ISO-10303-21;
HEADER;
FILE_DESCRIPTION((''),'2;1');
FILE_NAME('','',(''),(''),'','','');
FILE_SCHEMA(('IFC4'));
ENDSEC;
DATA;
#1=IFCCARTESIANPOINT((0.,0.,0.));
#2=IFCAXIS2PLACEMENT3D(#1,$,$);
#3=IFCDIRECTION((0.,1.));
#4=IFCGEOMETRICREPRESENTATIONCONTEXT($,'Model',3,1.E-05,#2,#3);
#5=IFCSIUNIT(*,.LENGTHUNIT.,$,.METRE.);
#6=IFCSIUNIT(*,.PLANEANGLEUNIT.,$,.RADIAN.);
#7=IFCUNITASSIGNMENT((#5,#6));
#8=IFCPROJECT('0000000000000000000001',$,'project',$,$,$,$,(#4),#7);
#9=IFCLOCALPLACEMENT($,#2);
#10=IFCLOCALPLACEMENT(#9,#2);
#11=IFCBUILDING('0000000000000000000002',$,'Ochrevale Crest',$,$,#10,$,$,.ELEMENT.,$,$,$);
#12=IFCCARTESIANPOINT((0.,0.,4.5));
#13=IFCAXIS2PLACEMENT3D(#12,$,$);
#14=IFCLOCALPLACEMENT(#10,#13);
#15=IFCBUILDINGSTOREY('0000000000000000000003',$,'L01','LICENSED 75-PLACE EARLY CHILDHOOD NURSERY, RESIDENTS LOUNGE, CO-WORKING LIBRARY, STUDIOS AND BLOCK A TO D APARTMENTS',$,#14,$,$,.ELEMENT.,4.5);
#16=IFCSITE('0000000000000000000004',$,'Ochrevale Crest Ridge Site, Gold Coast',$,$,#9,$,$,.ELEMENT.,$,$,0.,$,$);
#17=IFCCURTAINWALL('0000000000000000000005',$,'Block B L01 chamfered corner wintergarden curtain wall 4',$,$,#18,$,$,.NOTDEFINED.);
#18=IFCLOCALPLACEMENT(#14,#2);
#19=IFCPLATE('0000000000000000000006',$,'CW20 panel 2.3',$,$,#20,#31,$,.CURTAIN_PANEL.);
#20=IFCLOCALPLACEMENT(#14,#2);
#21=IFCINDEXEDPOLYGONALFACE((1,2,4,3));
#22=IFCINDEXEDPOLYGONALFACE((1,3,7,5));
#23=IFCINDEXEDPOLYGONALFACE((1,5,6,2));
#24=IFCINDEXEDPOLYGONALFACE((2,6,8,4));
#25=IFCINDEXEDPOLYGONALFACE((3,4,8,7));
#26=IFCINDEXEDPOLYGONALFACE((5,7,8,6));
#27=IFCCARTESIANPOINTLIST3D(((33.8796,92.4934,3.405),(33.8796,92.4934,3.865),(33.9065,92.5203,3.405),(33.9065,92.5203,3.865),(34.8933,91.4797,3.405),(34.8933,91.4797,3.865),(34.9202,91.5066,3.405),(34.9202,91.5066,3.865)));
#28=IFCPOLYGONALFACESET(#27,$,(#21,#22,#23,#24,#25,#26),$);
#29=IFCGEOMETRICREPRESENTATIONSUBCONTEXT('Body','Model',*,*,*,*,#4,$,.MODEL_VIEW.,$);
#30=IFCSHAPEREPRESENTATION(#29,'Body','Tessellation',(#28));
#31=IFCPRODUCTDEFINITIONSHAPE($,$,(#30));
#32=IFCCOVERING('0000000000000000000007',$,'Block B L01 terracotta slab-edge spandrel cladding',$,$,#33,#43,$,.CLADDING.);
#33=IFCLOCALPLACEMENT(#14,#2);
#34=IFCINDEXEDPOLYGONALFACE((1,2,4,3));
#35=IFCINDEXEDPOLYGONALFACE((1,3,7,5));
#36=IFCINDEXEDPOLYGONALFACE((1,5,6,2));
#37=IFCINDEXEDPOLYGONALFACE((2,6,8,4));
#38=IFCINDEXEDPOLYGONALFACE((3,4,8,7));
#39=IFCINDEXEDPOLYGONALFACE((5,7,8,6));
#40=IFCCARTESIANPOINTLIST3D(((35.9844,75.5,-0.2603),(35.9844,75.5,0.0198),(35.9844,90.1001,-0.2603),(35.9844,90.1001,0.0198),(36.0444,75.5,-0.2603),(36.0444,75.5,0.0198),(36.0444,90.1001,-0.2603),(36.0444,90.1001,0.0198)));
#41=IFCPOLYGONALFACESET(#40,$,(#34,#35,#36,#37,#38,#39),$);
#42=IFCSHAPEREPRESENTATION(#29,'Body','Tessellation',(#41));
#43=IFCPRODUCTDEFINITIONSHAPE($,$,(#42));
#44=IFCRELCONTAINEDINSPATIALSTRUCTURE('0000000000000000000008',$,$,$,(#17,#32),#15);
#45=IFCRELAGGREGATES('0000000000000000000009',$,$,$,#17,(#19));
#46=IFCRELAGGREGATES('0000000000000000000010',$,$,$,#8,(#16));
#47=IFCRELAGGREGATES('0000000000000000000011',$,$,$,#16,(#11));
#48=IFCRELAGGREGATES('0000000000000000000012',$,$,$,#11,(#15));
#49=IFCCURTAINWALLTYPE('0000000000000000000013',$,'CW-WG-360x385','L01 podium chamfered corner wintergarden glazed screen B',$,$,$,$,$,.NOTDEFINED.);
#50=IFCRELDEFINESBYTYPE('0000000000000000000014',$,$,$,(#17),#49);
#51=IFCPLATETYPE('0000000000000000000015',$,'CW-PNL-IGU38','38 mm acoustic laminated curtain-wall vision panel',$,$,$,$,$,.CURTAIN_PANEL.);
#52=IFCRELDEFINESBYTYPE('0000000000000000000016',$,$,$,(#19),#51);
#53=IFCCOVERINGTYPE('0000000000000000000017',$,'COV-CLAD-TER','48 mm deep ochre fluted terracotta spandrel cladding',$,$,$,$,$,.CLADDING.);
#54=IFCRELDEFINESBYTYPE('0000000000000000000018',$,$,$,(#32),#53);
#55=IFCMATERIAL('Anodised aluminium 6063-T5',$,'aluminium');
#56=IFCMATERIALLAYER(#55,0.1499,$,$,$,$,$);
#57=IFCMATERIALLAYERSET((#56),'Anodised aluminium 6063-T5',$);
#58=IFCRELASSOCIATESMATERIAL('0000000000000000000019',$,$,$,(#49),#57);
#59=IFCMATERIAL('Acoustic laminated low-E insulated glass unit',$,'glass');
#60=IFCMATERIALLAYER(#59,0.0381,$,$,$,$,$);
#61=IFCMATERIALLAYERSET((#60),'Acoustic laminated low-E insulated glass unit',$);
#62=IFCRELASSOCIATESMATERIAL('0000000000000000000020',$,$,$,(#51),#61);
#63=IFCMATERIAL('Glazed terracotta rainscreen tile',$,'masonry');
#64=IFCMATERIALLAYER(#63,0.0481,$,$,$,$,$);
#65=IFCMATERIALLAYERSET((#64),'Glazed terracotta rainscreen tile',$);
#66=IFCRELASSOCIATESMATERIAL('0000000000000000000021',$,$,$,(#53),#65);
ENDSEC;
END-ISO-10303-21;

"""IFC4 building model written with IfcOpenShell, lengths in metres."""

from ifc_helpers import new_model, si_unit, direction, frame, origin, origin_2d, place, context, subcontext, project, spatial, rectangle, extrude, material, layer, layer_set, type_object, element, aggregate, save


model = new_model("IFC4")

# Units and contexts
model_context = context("Model", 3, precision=1e-05, world=origin(), true_north=direction((0.0, 1.0)))
body_context = subcontext(model_context, "Body", "Model", "MODEL_VIEW")
ifc_project = project(units=[si_unit("LENGTHUNIT", "METRE"), si_unit("PLANEANGLEUNIT", "RADIAN")], contexts=[model_context])

# Site, building, storey
site_placement = place(None, origin())
site = spatial("IfcSite", under=ifc_project, at=site_placement, Name="Ochrevale Crest Ridge Site, Gold Coast", CompositionType="ELEMENT", RefElevation=0.0)
building_placement = place(site_placement, origin())
building = spatial("IfcBuilding", under=site, at=building_placement, Name="Ochrevale Crest", CompositionType="ELEMENT")
storey_placement = place(building_placement, frame((0.0, 0.0, 4.5)))
storey = spatial("IfcBuildingStorey", under=building, at=storey_placement, Name="L01", Description="LICENSED 75-PLACE EARLY CHILDHOOD NURSERY, RESIDENTS LOUNGE, CO-WORKING LIBRARY, STUDIOS AND BLOCK A TO D APARTMENTS", CompositionType="ELEMENT", Elevation=4.5)

# Curtain wall, plate
ifc_material_1 = material(Name="Anodised aluminium 6063-T5", Category="aluminium")
ifc_layer_1 = layer(ifc_material_1, 0.1499)
ifc_layer_set_1 = layer_set([ifc_layer_1], Name="Anodised aluminium 6063-T5")
curtain_wall_type = type_object("IfcCurtainWallType", Name="CW-WG-360x385", Description="L01 podium chamfered corner wintergarden glazed screen B", PredefinedType="NOTDEFINED", material=ifc_layer_set_1)
curtain_wall_placement = place(storey_placement, origin())
curtain_wall = element("IfcCurtainWall", 1, at=curtain_wall_placement, inside=storey, type_object=curtain_wall_type, Name="Block B L01 chamfered corner wintergarden curtain wall 4", PredefinedType="NOTDEFINED")
ifc_material_2 = material(Name="Acoustic laminated low-E insulated glass unit", Category="glass")
ifc_layer_2 = layer(ifc_material_2, 0.0381)
ifc_layer_set_2 = layer_set([ifc_layer_2], Name="Acoustic laminated low-E insulated glass unit")
plate_type = type_object("IfcPlateType", Name="CW-PNL-IGU38", Description="38 mm acoustic laminated curtain-wall vision panel", PredefinedType="CURTAIN_PANEL", material=ifc_layer_set_2)
plate_1_placement = place(storey_placement, frame((34.3999, 92.0, 3.405), z_axis=(0.0, 0.0, 1.0), x_axis=(-0.707107, 0.707107, 0.0)))
plate_1 = element("IfcPlate", 2, at=plate_1_placement, type_object=plate_type, Name="CW20 panel 2.3", PredefinedType="CURTAIN_PANEL", context=body_context, shape_type="SweptSolid", body=[
    extrude(rectangle(XDim=1.4336, YDim=0.0381, at=origin_2d()), origin(), (0.0, 0.0, 1.0), 0.46),
])
aggregate(curtain_wall, [plate_1])

# Covering
ifc_material_3 = material(Name="Glazed terracotta rainscreen tile", Category="masonry")
ifc_layer_3 = layer(ifc_material_3, 0.0481)
ifc_layer_set_3 = layer_set([ifc_layer_3], Name="Glazed terracotta rainscreen tile")
covering_type = type_object("IfcCoveringType", Name="COV-CLAD-TER", Description="48 mm deep ochre fluted terracotta spandrel cladding", PredefinedType="CLADDING", material=ifc_layer_set_3)
covering_placement = place(storey_placement, frame((36.0144, 82.8, -0.2603), z_axis=(0.0, 0.0, 1.0), x_axis=(0.0, 1.0, 0.0)))
element("IfcCovering", 3, at=covering_placement, inside=storey, type_object=covering_type, Name="Block B L01 terracotta slab-edge spandrel cladding", PredefinedType="CLADDING", context=body_context, shape_type="SweptSolid", body=[
    extrude(rectangle(XDim=14.6001, YDim=0.0601, at=origin_2d()), origin(), (0.0, 0.0, 1.0), 0.28),
])

save(model, "model.ifc")
